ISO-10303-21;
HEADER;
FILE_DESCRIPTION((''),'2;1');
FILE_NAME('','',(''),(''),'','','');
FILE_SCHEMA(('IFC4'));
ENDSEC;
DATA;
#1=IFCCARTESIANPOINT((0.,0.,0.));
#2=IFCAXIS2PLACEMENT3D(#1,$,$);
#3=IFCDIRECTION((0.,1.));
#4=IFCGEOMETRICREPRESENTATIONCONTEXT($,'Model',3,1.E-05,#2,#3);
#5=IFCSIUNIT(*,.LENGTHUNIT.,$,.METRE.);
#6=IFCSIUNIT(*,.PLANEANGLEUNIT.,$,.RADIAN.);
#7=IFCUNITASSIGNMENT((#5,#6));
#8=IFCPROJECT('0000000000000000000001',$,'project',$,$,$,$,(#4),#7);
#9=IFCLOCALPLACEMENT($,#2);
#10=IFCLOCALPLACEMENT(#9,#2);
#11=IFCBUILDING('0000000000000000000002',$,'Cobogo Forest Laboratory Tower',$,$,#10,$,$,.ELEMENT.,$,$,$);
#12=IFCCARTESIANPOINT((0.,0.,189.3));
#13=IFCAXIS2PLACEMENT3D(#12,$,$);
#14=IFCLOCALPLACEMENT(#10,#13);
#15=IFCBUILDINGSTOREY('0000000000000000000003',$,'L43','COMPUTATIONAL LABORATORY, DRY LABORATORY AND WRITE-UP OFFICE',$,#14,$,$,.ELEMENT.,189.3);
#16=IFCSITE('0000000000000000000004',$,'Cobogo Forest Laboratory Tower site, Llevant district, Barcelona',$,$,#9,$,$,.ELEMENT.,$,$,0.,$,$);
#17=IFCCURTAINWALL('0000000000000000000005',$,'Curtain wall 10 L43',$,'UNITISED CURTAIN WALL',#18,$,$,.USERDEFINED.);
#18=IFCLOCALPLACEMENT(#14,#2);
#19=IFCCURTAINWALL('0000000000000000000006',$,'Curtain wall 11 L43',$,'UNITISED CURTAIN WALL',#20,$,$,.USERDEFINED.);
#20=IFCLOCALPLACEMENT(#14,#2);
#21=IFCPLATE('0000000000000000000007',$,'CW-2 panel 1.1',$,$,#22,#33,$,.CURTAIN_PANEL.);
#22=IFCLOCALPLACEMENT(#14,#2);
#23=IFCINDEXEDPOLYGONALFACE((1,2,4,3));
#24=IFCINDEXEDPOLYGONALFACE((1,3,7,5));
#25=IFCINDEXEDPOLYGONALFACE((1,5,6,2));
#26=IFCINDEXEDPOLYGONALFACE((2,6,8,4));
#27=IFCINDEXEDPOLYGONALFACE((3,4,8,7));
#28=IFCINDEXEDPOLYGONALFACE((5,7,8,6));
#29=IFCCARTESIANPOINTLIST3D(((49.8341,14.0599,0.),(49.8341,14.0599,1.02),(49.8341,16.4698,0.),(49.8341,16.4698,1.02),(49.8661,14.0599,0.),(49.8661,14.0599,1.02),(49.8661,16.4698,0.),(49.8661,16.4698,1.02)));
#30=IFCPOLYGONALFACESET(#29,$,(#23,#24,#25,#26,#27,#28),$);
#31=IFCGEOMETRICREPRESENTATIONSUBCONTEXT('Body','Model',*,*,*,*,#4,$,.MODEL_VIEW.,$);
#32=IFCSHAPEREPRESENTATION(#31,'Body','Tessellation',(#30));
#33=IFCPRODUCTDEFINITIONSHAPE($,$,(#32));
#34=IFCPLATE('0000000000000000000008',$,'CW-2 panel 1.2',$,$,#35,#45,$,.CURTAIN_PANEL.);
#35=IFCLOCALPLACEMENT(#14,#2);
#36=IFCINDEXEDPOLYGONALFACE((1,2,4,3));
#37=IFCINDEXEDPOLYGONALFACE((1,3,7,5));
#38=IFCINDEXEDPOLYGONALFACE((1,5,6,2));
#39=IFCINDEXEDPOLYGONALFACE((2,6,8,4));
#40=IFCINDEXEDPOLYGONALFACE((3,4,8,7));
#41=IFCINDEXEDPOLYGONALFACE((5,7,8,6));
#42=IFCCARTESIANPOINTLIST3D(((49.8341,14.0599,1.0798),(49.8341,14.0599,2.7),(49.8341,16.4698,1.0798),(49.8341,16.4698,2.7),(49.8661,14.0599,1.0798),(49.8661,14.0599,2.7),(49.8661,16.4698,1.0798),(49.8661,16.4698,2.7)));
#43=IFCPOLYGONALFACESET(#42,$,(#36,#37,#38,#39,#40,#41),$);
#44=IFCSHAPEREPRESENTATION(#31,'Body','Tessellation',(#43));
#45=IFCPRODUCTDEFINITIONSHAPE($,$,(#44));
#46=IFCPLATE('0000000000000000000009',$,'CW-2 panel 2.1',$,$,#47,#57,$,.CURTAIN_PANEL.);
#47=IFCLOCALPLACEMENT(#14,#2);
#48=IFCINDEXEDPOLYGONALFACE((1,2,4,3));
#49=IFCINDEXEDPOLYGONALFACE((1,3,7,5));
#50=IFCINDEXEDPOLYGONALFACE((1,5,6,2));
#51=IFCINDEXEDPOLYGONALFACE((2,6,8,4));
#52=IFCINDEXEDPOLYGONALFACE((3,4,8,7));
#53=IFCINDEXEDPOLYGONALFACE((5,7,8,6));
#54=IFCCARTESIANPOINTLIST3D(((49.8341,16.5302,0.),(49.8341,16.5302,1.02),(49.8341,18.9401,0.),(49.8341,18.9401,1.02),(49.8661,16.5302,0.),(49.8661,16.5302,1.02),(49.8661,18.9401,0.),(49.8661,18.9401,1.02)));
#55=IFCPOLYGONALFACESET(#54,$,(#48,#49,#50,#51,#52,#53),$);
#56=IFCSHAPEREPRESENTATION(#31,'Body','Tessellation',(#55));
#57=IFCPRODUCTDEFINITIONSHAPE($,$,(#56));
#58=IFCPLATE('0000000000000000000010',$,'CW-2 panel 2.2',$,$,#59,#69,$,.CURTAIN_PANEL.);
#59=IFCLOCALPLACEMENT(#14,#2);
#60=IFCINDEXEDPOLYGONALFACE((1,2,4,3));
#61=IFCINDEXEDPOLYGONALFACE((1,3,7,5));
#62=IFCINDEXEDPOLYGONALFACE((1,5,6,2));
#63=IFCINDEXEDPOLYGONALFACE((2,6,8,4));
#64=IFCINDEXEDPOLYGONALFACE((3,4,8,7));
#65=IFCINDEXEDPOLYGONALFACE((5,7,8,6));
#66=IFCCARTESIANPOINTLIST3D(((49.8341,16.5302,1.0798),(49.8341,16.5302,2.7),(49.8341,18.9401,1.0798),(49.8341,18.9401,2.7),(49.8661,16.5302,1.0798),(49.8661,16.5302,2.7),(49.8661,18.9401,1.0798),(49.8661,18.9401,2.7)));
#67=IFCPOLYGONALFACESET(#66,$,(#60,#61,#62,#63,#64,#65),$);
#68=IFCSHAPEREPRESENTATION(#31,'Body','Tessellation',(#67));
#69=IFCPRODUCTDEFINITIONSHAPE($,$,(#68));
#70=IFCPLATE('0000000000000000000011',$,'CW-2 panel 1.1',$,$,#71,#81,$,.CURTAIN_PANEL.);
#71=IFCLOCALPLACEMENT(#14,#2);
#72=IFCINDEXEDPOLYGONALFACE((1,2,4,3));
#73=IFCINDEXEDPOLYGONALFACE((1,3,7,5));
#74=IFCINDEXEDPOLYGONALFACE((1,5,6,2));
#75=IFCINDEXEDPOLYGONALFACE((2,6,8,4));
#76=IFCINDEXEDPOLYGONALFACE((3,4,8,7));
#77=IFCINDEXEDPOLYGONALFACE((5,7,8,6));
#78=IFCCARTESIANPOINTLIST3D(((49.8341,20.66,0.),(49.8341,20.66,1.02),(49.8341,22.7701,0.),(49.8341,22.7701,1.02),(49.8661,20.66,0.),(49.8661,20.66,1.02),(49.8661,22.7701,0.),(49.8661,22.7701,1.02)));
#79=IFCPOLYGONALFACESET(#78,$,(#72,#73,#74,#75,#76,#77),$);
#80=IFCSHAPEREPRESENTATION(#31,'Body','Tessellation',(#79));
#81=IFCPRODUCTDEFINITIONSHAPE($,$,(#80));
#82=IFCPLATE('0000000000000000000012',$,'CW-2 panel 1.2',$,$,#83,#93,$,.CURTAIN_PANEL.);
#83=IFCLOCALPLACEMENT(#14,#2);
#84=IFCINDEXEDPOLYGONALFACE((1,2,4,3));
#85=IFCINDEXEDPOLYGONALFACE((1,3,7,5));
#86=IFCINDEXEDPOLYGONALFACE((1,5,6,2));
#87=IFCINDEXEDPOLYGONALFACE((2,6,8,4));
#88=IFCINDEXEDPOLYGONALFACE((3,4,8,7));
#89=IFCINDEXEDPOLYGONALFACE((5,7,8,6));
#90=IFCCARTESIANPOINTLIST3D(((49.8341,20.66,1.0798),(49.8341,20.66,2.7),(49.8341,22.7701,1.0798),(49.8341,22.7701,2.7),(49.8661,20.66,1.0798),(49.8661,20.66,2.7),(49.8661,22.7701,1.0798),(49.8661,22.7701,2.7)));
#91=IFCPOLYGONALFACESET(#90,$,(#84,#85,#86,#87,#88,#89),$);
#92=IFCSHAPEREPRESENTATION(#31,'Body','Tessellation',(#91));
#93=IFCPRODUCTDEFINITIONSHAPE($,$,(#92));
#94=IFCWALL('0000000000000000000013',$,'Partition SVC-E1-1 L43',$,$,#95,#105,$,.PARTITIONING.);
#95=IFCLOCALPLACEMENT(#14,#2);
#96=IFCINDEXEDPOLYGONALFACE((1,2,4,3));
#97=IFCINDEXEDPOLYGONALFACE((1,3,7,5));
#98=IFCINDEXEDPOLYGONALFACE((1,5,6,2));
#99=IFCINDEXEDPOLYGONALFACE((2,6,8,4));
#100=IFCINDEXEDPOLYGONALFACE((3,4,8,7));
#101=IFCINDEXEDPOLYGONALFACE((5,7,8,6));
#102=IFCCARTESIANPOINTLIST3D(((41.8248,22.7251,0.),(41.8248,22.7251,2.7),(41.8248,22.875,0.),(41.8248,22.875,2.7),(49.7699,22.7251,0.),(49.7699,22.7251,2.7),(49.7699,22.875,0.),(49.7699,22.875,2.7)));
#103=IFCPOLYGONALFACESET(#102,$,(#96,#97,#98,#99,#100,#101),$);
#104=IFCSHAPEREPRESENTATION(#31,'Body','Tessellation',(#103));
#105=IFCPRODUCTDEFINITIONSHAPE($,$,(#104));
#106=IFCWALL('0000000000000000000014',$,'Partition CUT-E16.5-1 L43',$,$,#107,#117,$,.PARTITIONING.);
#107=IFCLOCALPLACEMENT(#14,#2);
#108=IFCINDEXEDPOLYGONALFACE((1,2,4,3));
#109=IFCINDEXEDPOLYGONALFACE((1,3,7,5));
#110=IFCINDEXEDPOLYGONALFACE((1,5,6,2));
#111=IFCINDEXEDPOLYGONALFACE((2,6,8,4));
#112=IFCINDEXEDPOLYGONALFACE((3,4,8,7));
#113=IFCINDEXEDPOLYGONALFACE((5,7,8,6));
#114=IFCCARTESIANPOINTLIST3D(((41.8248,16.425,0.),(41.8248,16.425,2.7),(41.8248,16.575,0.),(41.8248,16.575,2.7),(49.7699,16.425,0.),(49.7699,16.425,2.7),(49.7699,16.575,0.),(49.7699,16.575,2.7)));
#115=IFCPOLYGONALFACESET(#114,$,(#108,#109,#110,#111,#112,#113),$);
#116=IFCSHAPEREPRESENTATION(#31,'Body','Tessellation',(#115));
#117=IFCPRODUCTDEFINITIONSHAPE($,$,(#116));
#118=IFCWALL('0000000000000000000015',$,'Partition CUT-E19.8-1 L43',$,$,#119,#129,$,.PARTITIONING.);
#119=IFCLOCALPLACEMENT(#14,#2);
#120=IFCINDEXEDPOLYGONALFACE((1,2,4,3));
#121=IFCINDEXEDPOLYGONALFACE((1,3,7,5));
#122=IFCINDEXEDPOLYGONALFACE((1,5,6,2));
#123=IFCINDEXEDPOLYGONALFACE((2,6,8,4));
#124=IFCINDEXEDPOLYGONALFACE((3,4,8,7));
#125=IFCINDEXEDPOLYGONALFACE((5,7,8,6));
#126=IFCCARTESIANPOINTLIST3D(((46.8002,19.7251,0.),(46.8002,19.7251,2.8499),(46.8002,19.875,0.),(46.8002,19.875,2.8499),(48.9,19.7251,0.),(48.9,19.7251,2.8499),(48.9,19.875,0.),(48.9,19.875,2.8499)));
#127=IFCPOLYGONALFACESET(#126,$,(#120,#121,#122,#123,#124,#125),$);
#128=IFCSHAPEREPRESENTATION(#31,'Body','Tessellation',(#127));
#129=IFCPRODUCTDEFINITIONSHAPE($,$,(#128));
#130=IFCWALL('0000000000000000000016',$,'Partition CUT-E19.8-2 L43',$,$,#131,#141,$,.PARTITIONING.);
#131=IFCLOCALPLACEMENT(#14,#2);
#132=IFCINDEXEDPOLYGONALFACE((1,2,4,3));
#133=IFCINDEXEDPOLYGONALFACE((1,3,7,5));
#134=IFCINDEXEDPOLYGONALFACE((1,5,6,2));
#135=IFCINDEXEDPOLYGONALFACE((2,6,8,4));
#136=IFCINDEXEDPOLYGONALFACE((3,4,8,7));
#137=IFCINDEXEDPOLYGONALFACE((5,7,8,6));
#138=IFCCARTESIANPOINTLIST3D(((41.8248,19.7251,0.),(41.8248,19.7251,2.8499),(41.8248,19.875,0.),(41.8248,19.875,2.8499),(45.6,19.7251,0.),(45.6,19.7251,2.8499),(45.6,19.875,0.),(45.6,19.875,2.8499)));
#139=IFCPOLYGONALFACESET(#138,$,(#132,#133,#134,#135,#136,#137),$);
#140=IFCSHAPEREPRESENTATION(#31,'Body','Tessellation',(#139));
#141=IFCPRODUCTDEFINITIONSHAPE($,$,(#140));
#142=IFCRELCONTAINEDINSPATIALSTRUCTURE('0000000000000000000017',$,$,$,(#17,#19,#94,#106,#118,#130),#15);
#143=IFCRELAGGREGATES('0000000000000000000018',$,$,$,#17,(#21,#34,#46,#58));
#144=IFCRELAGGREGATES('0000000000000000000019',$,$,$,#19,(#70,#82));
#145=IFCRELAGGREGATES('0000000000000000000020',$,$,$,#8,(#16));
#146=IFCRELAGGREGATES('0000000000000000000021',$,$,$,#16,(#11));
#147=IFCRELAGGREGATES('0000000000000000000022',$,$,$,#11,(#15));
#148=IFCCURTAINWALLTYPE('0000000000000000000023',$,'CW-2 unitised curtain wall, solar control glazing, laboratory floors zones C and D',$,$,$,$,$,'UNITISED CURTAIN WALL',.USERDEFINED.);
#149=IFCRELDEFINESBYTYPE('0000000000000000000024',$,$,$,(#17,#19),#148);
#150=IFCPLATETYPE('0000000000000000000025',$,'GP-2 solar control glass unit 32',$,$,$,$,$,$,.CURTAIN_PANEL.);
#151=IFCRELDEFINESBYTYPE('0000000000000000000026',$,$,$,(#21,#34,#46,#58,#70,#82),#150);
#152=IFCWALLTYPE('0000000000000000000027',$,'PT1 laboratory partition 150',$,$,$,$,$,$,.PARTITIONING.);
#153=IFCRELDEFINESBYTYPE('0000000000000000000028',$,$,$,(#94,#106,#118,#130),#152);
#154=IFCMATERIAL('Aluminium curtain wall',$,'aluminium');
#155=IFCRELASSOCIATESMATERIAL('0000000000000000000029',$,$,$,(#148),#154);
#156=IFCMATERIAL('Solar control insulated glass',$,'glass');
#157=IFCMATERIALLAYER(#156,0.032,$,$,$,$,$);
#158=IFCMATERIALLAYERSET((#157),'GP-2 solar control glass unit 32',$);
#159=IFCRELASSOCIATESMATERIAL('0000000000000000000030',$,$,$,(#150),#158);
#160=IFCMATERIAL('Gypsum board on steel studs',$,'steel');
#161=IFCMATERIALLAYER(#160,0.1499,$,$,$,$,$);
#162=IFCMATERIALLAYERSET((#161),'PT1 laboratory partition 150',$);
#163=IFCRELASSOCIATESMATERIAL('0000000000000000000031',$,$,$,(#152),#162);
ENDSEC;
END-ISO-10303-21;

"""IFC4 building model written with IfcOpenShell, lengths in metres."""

from ifc_helpers import new_model, si_unit, direction, frame, frame_2d, origin, origin_2d, place, context, subcontext, project, spatial, rectangle, extrude, material, layer, layer_set, type_object, element, aggregate, save


model = new_model("IFC4")

# Units and contexts
model_context = context("Model", 3, precision=1e-05, world=origin(), true_north=direction((0.0, 1.0)))
body_context = subcontext(model_context, "Body", "Model", "MODEL_VIEW")
ifc_project = project(units=[si_unit("LENGTHUNIT", "METRE"), si_unit("PLANEANGLEUNIT", "RADIAN")], contexts=[model_context])

# Site, building, storey
site_placement = place(None, origin())
site = spatial("IfcSite", under=ifc_project, at=site_placement, Name="Cobogo Forest Laboratory Tower site, Llevant district, Barcelona", CompositionType="ELEMENT", RefElevation=0.0)
building_placement = place(site_placement, origin())
building = spatial("IfcBuilding", under=site, at=building_placement, Name="Cobogo Forest Laboratory Tower", CompositionType="ELEMENT")
storey_placement = place(building_placement, frame((0.0, 0.0, 189.3)))
storey = spatial("IfcBuildingStorey", under=building, at=storey_placement, Name="L43", Description="COMPUTATIONAL LABORATORY, DRY LABORATORY AND WRITE-UP OFFICE", CompositionType="ELEMENT", Elevation=189.3)

# Shared definitions
ifc_material_1 = material(Name="Aluminium curtain wall", Category="aluminium")
curtain_wall_type = type_object("IfcCurtainWallType", Name="CW-2 unitised curtain wall, solar control glazing, laboratory floors zones C and D", ElementType="UNITISED CURTAIN WALL", PredefinedType="USERDEFINED", material=ifc_material_1)

# Curtain wall
curtain_wall_1_placement = place(storey_placement, origin())
curtain_wall_1 = element("IfcCurtainWall", 1, at=curtain_wall_1_placement, inside=storey, type_object=curtain_wall_type, Name="Curtain wall 10 L43", ObjectType="UNITISED CURTAIN WALL", PredefinedType="USERDEFINED")

# Curtain wall
curtain_wall_2_placement = place(storey_placement, origin())
curtain_wall_2 = element("IfcCurtainWall", 2, at=curtain_wall_2_placement, inside=storey, type_object=curtain_wall_type, Name="Curtain wall 11 L43", ObjectType="UNITISED CURTAIN WALL", PredefinedType="USERDEFINED")

# Plates
ifc_material_2 = material(Name="Solar control insulated glass", Category="glass")
ifc_layer_1 = layer(ifc_material_2, 0.032)
ifc_layer_set_1 = layer_set([ifc_layer_1], Name="GP-2 solar control glass unit 32")
plate_type_1 = type_object("IfcPlateType", Name="GP-2 solar control glass unit 32", PredefinedType="CURTAIN_PANEL", material=ifc_layer_set_1)
plate_1_placement = place(storey_placement, frame((49.8501, 15.2649, 0.0), z_axis=(0.0, 0.0, 1.0), x_axis=(0.0, 1.0, 0.0)))
plate_1 = element("IfcPlate", 3, at=plate_1_placement, type_object=plate_type_1, Name="CW-2 panel 1.1", PredefinedType="CURTAIN_PANEL", context=body_context, shape_type="SweptSolid", body=[
    extrude(rectangle(XDim=2.4099, YDim=0.032, at=origin_2d()), origin(), (0.0, 0.0, 1.0), 1.02),
])
plate_2_placement = place(storey_placement, frame((49.8501, 15.2649, 1.0798), z_axis=(0.0, 0.0, 1.0), x_axis=(0.0, 1.0, 0.0)))
plate_2 = element("IfcPlate", 4, at=plate_2_placement, type_object=plate_type_1, Name="CW-2 panel 1.2", PredefinedType="CURTAIN_PANEL", context=body_context, shape_type="SweptSolid", body=[
    extrude(rectangle(XDim=2.4099, YDim=0.032, at=origin_2d()), origin(), (0.0, 0.0, 1.0), 1.6201),
])
plate_3_placement = place(storey_placement, frame((49.8501, 17.7351, 0.0), z_axis=(0.0, 0.0, 1.0), x_axis=(0.0, 1.0, 0.0)))
plate_3 = element("IfcPlate", 5, at=plate_3_placement, type_object=plate_type_1, Name="CW-2 panel 2.1", PredefinedType="CURTAIN_PANEL", context=body_context, shape_type="SweptSolid", body=[
    extrude(rectangle(XDim=2.4099, YDim=0.032, at=origin_2d()), origin(), (0.0, 0.0, 1.0), 1.02),
])
plate_4_placement = place(storey_placement, frame((49.8501, 17.7351, 1.0798), z_axis=(0.0, 0.0, 1.0), x_axis=(0.0, 1.0, 0.0)))
plate_4 = element("IfcPlate", 6, at=plate_4_placement, type_object=plate_type_1, Name="CW-2 panel 2.2", PredefinedType="CURTAIN_PANEL", context=body_context, shape_type="SweptSolid", body=[
    extrude(rectangle(XDim=2.4099, YDim=0.032, at=origin_2d()), origin(), (0.0, 0.0, 1.0), 1.6201),
])
aggregate(curtain_wall_1, [plate_1, plate_2, plate_3, plate_4])
plate_5_placement = place(storey_placement, frame((49.8501, 21.7151, 0.0), z_axis=(0.0, 0.0, 1.0), x_axis=(0.0, 1.0, 0.0)))
plate_5 = element("IfcPlate", 7, at=plate_5_placement, type_object=plate_type_1, Name="CW-2 panel 1.1", PredefinedType="CURTAIN_PANEL", context=body_context, shape_type="SweptSolid", body=[
    extrude(rectangle(XDim=2.1101, YDim=0.032, at=origin_2d()), origin(), (0.0, 0.0, 1.0), 1.02),
])
plate_6_placement = place(storey_placement, frame((49.8501, 21.7151, 1.0798), z_axis=(0.0, 0.0, 1.0), x_axis=(0.0, 1.0, 0.0)))
plate_6 = element("IfcPlate", 8, at=plate_6_placement, type_object=plate_type_1, Name="CW-2 panel 1.2", PredefinedType="CURTAIN_PANEL", context=body_context, shape_type="SweptSolid", body=[
    extrude(rectangle(XDim=2.1101, YDim=0.032, at=origin_2d()), origin(), (0.0, 0.0, 1.0), 1.6201),
])
aggregate(curtain_wall_2, [plate_5, plate_6])

# Walls
ifc_material_3 = material(Name="Gypsum board on steel studs", Category="steel")
ifc_layer_2 = layer(ifc_material_3, 0.1499)
ifc_layer_set_2 = layer_set([ifc_layer_2], Name="PT1 laboratory partition 150")
wall_type = type_object("IfcWallType", Name="PT1 laboratory partition 150", PredefinedType="PARTITIONING", material=ifc_layer_set_2)
for number, where, z_axis, x_axis, name in (
    (9, (49.77, 22.8, 0.0), (0.0, 0.0, 1.0), (-1.0, 0.0, 0.0), "Partition SVC-E1-1 L43"),
    (10, (49.77, 16.5, 0.0), (0.0, 0.0, 1.0), (-1.0, 0.0, 0.0), "Partition CUT-E16.5-1 L43"),
):
    element("IfcWall", number, at=place(storey_placement, frame(where, z_axis=z_axis, x_axis=x_axis)), inside=storey, type_object=wall_type, Name=name, PredefinedType="PARTITIONING", context=body_context, shape_type="SweptSolid", body=[
        extrude(rectangle(XDim=7.9451, YDim=0.1499, at=frame_2d((3.9727, 0.0))), origin(), (0.0, 0.0, 1.0), 2.7),
    ])
wall_1_placement = place(storey_placement, frame((48.8999, 19.8, 0.0), z_axis=(0.0, 0.0, 1.0), x_axis=(-1.0, 0.0, 0.0)))
element("IfcWall", 11, at=wall_1_placement, inside=storey, type_object=wall_type, Name="Partition CUT-E19.8-1 L43", PredefinedType="PARTITIONING", context=body_context, shape_type="SweptSolid", body=[
    extrude(rectangle(XDim=2.0999, YDim=0.1499, at=frame_2d((1.0498, 0.0))), origin(), (0.0, 0.0, 1.0), 2.8499),
])
wall_2_placement = place(storey_placement, frame((45.6001, 19.8, 0.0), z_axis=(0.0, 0.0, 1.0), x_axis=(-1.0, 0.0, 0.0)))
element("IfcWall", 12, at=wall_2_placement, inside=storey, type_object=wall_type, Name="Partition CUT-E19.8-2 L43", PredefinedType="PARTITIONING", context=body_context, shape_type="SweptSolid", body=[
    extrude(rectangle(XDim=3.7751, YDim=0.1499, at=frame_2d((1.8877, 0.0))), origin(), (0.0, 0.0, 1.0), 2.8499),
])

save(model, "model.ifc")
